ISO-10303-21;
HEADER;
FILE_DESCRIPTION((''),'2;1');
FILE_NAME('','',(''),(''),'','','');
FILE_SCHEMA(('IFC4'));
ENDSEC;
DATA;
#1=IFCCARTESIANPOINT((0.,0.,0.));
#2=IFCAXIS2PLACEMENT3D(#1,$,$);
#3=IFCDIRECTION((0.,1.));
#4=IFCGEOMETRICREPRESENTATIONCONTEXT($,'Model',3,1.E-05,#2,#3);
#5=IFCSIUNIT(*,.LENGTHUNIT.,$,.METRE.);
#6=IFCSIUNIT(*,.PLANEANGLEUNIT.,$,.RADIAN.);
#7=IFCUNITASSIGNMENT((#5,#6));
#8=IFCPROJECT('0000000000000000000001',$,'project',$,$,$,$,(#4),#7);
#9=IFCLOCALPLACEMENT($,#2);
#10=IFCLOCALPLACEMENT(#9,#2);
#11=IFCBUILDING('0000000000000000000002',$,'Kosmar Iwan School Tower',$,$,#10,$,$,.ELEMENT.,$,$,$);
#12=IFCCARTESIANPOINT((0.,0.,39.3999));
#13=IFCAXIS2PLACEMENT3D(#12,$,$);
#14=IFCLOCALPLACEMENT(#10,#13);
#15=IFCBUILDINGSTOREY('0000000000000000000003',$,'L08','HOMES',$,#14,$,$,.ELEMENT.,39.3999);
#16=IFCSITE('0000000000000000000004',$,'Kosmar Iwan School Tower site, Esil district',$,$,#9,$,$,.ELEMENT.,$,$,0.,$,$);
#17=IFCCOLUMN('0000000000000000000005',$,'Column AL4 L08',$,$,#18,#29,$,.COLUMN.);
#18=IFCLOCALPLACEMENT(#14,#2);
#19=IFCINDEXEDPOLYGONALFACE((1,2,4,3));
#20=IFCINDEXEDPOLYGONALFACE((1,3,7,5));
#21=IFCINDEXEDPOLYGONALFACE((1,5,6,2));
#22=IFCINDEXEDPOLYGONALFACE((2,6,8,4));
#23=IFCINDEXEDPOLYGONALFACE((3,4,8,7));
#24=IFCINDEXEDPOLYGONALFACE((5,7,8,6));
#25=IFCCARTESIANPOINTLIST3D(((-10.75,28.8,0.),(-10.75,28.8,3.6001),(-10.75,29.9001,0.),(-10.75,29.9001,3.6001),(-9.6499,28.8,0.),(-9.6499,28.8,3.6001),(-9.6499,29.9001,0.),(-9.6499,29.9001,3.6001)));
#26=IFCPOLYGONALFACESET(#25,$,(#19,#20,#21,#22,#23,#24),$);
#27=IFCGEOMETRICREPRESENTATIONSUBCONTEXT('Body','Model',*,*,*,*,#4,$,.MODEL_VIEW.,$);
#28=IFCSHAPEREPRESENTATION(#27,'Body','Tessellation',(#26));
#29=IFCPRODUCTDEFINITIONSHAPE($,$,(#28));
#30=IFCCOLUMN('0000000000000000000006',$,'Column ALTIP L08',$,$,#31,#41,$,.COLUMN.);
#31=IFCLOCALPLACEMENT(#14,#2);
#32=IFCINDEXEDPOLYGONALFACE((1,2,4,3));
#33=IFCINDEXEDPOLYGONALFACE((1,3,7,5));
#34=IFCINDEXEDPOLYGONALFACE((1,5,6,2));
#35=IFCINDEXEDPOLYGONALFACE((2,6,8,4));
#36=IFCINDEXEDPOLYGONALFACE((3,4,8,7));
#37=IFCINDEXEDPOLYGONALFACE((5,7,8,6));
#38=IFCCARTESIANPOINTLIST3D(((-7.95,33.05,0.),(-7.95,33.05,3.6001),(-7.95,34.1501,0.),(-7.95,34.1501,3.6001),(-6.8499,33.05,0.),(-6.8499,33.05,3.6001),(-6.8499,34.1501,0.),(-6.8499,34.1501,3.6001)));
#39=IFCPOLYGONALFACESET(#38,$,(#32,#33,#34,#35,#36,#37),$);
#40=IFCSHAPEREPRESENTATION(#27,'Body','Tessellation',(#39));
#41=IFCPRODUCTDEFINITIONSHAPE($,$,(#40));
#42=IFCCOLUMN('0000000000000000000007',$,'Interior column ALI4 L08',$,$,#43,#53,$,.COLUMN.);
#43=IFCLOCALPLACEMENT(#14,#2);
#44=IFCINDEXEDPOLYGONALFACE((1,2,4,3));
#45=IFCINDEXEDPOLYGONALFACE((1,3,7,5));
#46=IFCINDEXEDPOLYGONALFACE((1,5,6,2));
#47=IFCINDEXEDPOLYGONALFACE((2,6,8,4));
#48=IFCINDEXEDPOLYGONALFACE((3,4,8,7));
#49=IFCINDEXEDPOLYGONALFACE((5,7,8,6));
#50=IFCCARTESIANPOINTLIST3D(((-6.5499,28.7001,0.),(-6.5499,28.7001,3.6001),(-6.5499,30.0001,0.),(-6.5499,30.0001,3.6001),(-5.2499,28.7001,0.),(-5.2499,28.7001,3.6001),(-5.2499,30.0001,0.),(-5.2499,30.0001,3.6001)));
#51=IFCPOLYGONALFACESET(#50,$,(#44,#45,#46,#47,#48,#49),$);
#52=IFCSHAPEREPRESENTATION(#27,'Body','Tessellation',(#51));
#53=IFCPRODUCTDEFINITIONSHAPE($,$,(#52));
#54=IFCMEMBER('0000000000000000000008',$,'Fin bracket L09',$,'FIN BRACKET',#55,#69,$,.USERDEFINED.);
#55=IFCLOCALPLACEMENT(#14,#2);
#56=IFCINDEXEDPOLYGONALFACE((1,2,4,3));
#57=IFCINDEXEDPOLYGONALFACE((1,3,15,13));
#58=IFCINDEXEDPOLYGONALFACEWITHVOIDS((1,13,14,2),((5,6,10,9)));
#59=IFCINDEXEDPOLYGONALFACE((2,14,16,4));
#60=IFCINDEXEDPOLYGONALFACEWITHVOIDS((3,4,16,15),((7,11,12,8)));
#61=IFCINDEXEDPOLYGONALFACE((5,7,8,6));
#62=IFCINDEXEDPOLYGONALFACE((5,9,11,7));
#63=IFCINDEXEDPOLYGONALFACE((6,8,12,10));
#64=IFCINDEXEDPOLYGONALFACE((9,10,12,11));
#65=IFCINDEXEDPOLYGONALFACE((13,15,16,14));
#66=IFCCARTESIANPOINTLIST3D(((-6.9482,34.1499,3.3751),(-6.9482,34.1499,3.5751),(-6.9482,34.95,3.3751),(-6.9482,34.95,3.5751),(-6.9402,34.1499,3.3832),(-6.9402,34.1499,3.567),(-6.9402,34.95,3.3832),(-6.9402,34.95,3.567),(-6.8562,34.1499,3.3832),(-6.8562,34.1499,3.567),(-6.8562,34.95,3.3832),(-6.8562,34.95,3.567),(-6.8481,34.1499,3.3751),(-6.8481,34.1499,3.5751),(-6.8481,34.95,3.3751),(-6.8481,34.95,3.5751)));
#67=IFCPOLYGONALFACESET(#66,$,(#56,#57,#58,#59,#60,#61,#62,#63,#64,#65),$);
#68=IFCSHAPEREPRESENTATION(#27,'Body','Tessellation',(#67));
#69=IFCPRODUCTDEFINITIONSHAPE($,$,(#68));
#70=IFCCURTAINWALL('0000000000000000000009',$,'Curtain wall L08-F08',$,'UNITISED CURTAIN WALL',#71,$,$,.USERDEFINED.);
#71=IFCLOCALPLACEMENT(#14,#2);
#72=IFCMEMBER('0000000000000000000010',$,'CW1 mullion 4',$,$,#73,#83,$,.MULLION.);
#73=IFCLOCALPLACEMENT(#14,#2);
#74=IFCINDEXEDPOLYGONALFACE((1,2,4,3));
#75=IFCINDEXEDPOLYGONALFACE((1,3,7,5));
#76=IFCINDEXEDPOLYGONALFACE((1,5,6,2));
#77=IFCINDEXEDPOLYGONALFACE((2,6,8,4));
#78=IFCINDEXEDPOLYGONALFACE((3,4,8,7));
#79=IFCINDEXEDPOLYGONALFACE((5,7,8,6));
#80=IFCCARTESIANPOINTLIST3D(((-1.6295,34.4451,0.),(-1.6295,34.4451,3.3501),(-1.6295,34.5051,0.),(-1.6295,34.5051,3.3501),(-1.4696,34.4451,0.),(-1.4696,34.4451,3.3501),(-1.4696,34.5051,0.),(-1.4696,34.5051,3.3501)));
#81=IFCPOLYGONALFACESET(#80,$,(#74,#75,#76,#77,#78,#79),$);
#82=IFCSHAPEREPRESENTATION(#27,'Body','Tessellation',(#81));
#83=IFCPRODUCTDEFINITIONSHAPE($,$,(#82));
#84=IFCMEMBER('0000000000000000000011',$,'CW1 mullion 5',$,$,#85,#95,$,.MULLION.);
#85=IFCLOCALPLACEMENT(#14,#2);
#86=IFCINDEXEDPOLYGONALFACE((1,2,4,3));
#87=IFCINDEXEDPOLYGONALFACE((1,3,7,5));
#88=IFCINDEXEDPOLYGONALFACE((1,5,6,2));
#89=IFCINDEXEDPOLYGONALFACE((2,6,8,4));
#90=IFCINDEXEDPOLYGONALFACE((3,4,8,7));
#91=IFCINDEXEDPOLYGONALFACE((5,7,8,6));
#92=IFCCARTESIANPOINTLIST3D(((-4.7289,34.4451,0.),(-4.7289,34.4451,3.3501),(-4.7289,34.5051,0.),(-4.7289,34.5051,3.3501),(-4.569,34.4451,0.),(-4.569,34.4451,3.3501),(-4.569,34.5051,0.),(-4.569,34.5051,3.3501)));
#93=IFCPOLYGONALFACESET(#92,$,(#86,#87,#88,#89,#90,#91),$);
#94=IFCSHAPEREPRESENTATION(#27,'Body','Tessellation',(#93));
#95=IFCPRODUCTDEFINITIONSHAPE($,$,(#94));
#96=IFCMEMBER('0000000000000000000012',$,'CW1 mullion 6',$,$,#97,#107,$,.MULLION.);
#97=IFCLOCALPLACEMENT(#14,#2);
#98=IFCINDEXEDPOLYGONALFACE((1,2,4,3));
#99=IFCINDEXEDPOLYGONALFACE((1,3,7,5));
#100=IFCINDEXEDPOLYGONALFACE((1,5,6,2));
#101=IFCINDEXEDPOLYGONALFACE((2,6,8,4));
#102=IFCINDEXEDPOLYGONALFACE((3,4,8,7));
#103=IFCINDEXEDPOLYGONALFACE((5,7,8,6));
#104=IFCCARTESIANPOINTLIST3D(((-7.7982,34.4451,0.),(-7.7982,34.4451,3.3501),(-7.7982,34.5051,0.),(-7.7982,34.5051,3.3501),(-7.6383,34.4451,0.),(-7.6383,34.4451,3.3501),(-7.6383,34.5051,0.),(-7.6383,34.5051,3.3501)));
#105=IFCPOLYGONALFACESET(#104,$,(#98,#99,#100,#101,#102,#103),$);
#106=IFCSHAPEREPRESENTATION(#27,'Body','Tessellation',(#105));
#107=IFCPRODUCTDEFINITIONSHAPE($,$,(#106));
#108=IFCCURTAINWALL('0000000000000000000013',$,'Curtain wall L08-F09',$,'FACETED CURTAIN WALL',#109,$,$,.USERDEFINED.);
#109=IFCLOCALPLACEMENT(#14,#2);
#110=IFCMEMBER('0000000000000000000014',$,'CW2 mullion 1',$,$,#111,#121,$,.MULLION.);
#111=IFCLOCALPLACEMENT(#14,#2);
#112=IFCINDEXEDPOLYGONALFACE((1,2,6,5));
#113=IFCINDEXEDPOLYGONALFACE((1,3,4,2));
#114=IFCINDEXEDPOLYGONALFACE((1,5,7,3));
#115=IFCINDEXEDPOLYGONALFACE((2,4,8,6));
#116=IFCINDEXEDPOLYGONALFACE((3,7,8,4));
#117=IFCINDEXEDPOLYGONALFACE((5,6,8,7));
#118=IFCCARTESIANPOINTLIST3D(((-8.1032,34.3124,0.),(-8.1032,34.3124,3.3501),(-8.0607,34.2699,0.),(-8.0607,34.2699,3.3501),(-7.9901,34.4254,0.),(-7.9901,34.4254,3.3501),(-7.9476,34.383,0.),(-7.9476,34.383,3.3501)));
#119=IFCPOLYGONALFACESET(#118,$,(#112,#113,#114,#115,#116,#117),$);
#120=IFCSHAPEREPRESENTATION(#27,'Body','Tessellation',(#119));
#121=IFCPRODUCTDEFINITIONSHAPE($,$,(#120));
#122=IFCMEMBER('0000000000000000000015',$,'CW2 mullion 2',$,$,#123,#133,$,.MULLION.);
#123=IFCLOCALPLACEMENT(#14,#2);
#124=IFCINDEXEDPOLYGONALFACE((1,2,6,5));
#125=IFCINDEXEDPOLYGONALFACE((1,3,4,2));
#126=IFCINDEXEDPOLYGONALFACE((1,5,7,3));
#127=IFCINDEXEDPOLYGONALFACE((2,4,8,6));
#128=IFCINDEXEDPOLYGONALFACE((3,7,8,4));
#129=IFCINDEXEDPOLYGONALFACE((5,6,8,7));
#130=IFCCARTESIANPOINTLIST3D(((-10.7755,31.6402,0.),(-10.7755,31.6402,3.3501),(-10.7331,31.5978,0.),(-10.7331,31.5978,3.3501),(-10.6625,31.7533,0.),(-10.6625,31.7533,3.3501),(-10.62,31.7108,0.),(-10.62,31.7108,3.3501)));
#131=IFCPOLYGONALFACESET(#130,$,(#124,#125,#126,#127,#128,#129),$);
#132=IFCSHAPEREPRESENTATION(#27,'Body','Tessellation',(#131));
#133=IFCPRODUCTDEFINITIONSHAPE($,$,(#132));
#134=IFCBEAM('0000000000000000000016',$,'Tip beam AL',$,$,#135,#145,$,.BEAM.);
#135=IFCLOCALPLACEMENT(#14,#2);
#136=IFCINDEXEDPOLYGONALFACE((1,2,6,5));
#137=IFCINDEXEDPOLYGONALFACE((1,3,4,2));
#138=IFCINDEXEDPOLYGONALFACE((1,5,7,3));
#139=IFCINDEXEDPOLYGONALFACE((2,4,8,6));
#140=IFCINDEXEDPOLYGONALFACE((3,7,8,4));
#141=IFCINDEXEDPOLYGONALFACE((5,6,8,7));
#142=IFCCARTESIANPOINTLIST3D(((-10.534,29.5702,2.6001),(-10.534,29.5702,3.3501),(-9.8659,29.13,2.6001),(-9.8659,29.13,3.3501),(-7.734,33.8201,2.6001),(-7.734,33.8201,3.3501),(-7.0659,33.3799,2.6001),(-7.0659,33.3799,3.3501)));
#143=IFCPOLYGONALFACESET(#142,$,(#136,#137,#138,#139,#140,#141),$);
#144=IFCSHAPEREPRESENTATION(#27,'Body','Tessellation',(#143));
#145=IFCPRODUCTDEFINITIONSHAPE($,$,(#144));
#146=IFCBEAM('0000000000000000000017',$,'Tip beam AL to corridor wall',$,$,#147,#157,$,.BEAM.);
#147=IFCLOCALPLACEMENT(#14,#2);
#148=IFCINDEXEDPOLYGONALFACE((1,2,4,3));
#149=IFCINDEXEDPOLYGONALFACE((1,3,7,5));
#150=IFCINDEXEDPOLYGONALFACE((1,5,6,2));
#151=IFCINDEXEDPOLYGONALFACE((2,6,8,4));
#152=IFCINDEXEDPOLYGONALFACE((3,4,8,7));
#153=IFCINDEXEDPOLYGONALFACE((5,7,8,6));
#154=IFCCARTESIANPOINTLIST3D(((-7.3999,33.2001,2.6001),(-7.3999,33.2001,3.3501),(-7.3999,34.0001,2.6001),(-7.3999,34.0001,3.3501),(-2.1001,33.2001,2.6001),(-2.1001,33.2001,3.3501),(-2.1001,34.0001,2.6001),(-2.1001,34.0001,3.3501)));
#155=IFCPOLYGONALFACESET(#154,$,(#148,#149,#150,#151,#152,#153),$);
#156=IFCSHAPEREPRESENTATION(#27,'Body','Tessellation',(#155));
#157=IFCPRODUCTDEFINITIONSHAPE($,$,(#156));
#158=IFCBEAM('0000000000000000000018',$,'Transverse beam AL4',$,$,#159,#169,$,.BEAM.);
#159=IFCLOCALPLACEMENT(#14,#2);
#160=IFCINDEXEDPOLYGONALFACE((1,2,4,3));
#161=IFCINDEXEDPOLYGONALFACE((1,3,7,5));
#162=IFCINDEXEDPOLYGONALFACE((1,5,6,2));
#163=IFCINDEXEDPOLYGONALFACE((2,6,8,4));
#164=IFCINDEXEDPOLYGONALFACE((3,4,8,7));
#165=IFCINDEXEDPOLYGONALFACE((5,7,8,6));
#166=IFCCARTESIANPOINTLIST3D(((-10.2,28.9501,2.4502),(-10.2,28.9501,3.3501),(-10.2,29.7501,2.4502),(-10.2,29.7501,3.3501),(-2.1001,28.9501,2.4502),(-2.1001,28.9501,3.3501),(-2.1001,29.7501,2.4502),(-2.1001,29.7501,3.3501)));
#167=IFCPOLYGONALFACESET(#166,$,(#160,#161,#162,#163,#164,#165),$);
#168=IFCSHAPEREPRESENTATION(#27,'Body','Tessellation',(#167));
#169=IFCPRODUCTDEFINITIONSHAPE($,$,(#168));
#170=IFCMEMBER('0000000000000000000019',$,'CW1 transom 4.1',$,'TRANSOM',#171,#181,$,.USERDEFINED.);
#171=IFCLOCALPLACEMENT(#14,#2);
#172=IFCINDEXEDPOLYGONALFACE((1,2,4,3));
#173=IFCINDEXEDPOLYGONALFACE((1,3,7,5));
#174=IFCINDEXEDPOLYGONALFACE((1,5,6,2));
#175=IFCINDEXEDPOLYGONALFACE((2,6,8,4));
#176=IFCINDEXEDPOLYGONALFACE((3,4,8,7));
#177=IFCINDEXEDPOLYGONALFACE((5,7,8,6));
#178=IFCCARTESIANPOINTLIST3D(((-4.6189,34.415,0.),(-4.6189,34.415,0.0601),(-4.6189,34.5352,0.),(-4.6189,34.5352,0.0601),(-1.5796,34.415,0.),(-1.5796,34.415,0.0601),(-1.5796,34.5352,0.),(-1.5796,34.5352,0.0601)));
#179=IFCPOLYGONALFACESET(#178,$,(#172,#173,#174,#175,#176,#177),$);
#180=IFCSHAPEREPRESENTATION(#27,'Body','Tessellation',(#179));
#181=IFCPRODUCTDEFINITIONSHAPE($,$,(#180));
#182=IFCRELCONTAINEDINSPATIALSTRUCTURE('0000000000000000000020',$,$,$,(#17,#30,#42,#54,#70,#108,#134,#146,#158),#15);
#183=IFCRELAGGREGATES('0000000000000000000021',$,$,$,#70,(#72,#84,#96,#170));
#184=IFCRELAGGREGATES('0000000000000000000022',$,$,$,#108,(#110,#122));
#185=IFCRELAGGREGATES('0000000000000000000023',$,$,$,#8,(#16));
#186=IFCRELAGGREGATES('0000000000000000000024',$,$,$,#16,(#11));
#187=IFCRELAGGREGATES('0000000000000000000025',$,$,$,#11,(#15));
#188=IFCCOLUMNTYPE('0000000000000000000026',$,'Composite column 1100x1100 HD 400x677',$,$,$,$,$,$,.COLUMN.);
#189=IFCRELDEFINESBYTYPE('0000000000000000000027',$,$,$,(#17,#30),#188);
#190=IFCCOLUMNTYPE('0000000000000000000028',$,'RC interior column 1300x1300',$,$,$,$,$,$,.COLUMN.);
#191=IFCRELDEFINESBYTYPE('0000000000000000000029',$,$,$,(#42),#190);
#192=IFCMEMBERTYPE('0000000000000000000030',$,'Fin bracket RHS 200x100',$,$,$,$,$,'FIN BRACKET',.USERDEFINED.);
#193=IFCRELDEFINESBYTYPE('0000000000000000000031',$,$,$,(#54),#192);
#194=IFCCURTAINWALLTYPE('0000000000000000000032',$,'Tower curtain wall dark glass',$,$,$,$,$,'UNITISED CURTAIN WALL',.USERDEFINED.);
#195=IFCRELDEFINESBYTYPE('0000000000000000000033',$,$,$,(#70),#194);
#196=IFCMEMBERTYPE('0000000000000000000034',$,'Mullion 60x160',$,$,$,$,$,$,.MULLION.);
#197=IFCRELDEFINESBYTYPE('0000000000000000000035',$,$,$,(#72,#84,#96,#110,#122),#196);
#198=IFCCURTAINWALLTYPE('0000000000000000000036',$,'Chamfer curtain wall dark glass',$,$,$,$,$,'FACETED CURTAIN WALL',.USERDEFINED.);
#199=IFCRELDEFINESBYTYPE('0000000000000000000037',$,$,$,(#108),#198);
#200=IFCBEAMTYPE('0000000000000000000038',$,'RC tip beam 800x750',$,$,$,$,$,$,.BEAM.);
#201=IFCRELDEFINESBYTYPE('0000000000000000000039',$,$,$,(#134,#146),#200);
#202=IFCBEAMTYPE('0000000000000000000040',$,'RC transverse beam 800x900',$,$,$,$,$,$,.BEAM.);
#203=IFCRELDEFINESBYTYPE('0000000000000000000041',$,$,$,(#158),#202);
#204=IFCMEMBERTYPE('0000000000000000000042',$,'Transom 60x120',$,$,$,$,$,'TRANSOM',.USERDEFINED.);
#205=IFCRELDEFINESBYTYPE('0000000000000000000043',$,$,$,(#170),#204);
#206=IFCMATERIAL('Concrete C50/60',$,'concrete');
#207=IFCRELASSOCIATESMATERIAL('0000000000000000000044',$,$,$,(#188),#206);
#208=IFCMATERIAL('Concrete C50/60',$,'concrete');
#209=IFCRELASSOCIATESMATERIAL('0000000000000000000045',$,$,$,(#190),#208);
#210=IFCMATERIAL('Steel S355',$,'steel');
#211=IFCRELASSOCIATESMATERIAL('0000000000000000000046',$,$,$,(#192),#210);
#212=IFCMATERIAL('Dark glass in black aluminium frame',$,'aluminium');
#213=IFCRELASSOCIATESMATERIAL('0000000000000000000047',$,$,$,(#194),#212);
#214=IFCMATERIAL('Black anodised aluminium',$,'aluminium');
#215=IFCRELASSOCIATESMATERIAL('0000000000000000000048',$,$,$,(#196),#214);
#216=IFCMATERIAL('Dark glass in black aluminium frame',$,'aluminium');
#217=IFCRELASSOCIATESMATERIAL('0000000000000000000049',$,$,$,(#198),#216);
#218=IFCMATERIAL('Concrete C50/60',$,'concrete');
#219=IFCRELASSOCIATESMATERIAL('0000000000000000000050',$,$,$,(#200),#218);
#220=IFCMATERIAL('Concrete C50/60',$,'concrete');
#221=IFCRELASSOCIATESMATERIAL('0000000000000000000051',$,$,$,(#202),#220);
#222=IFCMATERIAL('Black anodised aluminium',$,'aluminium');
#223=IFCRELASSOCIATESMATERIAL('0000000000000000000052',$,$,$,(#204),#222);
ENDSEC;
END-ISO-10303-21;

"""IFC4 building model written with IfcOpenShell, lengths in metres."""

from ifc_helpers import new_model, si_unit, direction, frame, origin, origin_2d, place, context, subcontext, project, spatial, rectangle, hollow_rectangle, extrude, material, material_profile, profile_set, type_object, element, aggregate, save


model = new_model("IFC4")

# Units and contexts
model_context = context("Model", 3, precision=1e-05, world=origin(), true_north=direction((0.0, 1.0)))
body_context = subcontext(model_context, "Body", "Model", "MODEL_VIEW")
ifc_project = project(units=[si_unit("LENGTHUNIT", "METRE"), si_unit("PLANEANGLEUNIT", "RADIAN")], contexts=[model_context])

# Site, building, storey
site_placement = place(None, origin())
site = spatial("IfcSite", under=ifc_project, at=site_placement, Name="Kosmar Iwan School Tower site, Esil district", CompositionType="ELEMENT", RefElevation=0.0)
building_placement = place(site_placement, origin())
building = spatial("IfcBuilding", under=site, at=building_placement, Name="Kosmar Iwan School Tower", CompositionType="ELEMENT")
storey_placement = place(building_placement, frame((0.0, 0.0, 39.3999)))
storey = spatial("IfcBuildingStorey", under=building, at=storey_placement, Name="L08", Description="HOMES", CompositionType="ELEMENT", Elevation=39.3999)

# Columns
ifc_material_1 = material(Name="Concrete C50/60", Category="concrete")
ifc_material_profile_1 = material_profile(ifc_material_1, rectangle(XDim=1.1001, YDim=1.1001, at=origin_2d()), Name="RC 1100x1100 + HD 400x677")
ifc_profile_set_1 = profile_set([ifc_material_profile_1], Name="Concrete C50/60")
column_type_1 = type_object("IfcColumnType", Name="Composite column 1100x1100 HD 400x677", PredefinedType="COLUMN", material=ifc_profile_set_1)
for number, where, z_axis, x_axis, name in (
    (1, (-10.2, 29.3501, 0.0), (0.0, 0.0, 1.0), (0.0, 1.0, 0.0), "Column AL4 L08"),
    (2, (-7.3999, 33.6001, 0.0), (0.0, 0.0, 1.0), (0.0, 1.0, 0.0), "Column ALTIP L08"),
):
    element("IfcColumn", number, at=place(storey_placement, frame(where, z_axis=z_axis, x_axis=x_axis)), inside=storey, type_object=column_type_1, Name=name, PredefinedType="COLUMN", context=body_context, shape_type="SweptSolid", body=[
        extrude(rectangle(XDim=1.1001, YDim=1.1001, at=origin_2d()), origin(), (0.0, 0.0, 1.0), 3.6001),
    ])
ifc_material_2 = material(Name="Concrete C50/60", Category="concrete")
ifc_material_profile_2 = material_profile(ifc_material_2, rectangle(XDim=1.3, YDim=1.3, at=origin_2d()), Name="RC 1300x1300")
ifc_profile_set_2 = profile_set([ifc_material_profile_2], Name="Concrete C50/60")
column_type_2 = type_object("IfcColumnType", Name="RC interior column 1300x1300", PredefinedType="COLUMN", material=ifc_profile_set_2)
column_placement = place(storey_placement, frame((-5.8999, 29.3501, 0.0), z_axis=(0.0, 0.0, 1.0), x_axis=(0.0, 1.0, 0.0)))
element("IfcColumn", 3, at=column_placement, inside=storey, type_object=column_type_2, Name="Interior column ALI4 L08", PredefinedType="COLUMN", context=body_context, shape_type="SweptSolid", body=[
    extrude(rectangle(XDim=1.3, YDim=1.3, at=origin_2d()), origin(), (0.0, 0.0, 1.0), 3.6001),
])

# Member
ifc_material_3 = material(Name="Steel S355", Category="steel")
ifc_material_profile_3 = material_profile(ifc_material_3, hollow_rectangle(XDim=0.1001, YDim=0.2, WallThickness=0.0081, at=origin_2d()), Name="RHS 200x100x8")
ifc_profile_set_3 = profile_set([ifc_material_profile_3], Name="Steel S355")
member_type_1 = type_object("IfcMemberType", Name="Fin bracket RHS 200x100", ElementType="FIN BRACKET", PredefinedType="USERDEFINED", material=ifc_profile_set_3)
member_1_placement = place(storey_placement, frame((-6.8982, 34.1499, 3.4751), z_axis=(0.0, 1.0, 0.0), x_axis=(-1.0, 0.0, 0.0)))
element("IfcMember", 4, at=member_1_placement, inside=storey, type_object=member_type_1, Name="Fin bracket L09", ObjectType="FIN BRACKET", PredefinedType="USERDEFINED", context=body_context, shape_type="SweptSolid", body=[
    extrude(hollow_rectangle(XDim=0.1001, YDim=0.2, WallThickness=0.0081, at=origin_2d()), origin(), (0.0, 0.0, 1.0), 0.8),
])

# Curtain walls, members
ifc_material_4 = material(Name="Dark glass in black aluminium frame", Category="aluminium")
curtain_wall_type_1 = type_object("IfcCurtainWallType", Name="Tower curtain wall dark glass", ElementType="UNITISED CURTAIN WALL", PredefinedType="USERDEFINED", material=ifc_material_4)
curtain_wall_1_placement = place(storey_placement, origin())
curtain_wall_1 = element("IfcCurtainWall", 5, at=curtain_wall_1_placement, inside=storey, type_object=curtain_wall_type_1, Name="Curtain wall L08-F08", ObjectType="UNITISED CURTAIN WALL", PredefinedType="USERDEFINED")
ifc_material_5 = material(Name="Black anodised aluminium", Category="aluminium")
ifc_material_profile_4 = material_profile(ifc_material_5, rectangle(XDim=0.0601, YDim=0.1599, at=origin_2d()), Name="MULLION 60x160")
ifc_profile_set_4 = profile_set([ifc_material_profile_4], Name="Black anodised aluminium")
member_type_2 = type_object("IfcMemberType", Name="Mullion 60x160", PredefinedType="MULLION", material=ifc_profile_set_4)
member_2_placement = place(storey_placement, frame((-1.5496, 34.4751, 0.0), z_axis=(0.0, 0.0, 1.0), x_axis=(0.0, -1.0, 0.0)))
member_2 = element("IfcMember", 6, at=member_2_placement, type_object=member_type_2, Name="CW1 mullion 4", PredefinedType="MULLION", context=body_context, shape_type="SweptSolid", body=[
    extrude(rectangle(XDim=0.0601, YDim=0.1599, at=origin_2d()), origin(), (0.0, 0.0, 1.0), 3.3501),
])
member_3_placement = place(storey_placement, frame((-4.6489, 34.4751, 0.0), z_axis=(0.0, 0.0, 1.0), x_axis=(0.0, -1.0, 0.0)))
member_3 = element("IfcMember", 7, at=member_3_placement, type_object=member_type_2, Name="CW1 mullion 5", PredefinedType="MULLION", context=body_context, shape_type="SweptSolid", body=[
    extrude(rectangle(XDim=0.0601, YDim=0.1599, at=origin_2d()), origin(), (0.0, 0.0, 1.0), 3.3501),
])
member_4_placement = place(storey_placement, frame((-7.7183, 34.4751, 0.0), z_axis=(0.0, 0.0, 1.0), x_axis=(0.0, -1.0, 0.0)))
member_4 = element("IfcMember", 8, at=member_4_placement, type_object=member_type_2, Name="CW1 mullion 6", PredefinedType="MULLION", context=body_context, shape_type="SweptSolid", body=[
    extrude(rectangle(XDim=0.0601, YDim=0.1599, at=origin_2d()), origin(), (0.0, 0.0, 1.0), 3.3501),
])
ifc_material_6 = material(Name="Dark glass in black aluminium frame", Category="aluminium")
curtain_wall_type_2 = type_object("IfcCurtainWallType", Name="Chamfer curtain wall dark glass", ElementType="FACETED CURTAIN WALL", PredefinedType="USERDEFINED", material=ifc_material_6)
curtain_wall_2_placement = place(storey_placement, origin())
curtain_wall_2 = element("IfcCurtainWall", 9, at=curtain_wall_2_placement, inside=storey, type_object=curtain_wall_type_2, Name="Curtain wall L08-F09", ObjectType="FACETED CURTAIN WALL", PredefinedType="USERDEFINED")
member_5_placement = place(storey_placement, frame((-8.0254, 34.3477, 0.0), z_axis=(0.0, 0.0, 1.0), x_axis=(0.707107, -0.707107, 0.0)))
member_5 = element("IfcMember", 10, at=member_5_placement, type_object=member_type_2, Name="CW2 mullion 1", PredefinedType="MULLION", context=body_context, shape_type="SweptSolid", body=[
    extrude(rectangle(XDim=0.0601, YDim=0.1599, at=origin_2d()), origin(), (0.0, 0.0, 1.0), 3.3501),
])
member_6_placement = place(storey_placement, frame((-10.6978, 31.6755, 0.0), z_axis=(0.0, 0.0, 1.0), x_axis=(0.707107, -0.707107, 0.0)))
member_6 = element("IfcMember", 11, at=member_6_placement, type_object=member_type_2, Name="CW2 mullion 2", PredefinedType="MULLION", context=body_context, shape_type="SweptSolid", body=[
    extrude(rectangle(XDim=0.0601, YDim=0.1599, at=origin_2d()), origin(), (0.0, 0.0, 1.0), 3.3501),
])

# Beams
ifc_material_7 = material(Name="Concrete C50/60", Category="concrete")
ifc_material_profile_5 = material_profile(ifc_material_7, rectangle(XDim=0.8, YDim=0.75, at=origin_2d()), Name="RC 800x750")
ifc_profile_set_5 = profile_set([ifc_material_profile_5], Name="Concrete C50/60")
beam_type_1 = type_object("IfcBeamType", Name="RC tip beam 800x750", PredefinedType="BEAM", material=ifc_profile_set_5)
beam_1_placement = place(storey_placement, frame((-10.2, 29.3501, 2.9751), z_axis=(0.550164, 0.835056, 0.0), x_axis=(-0.835056, 0.550164, 0.0)))
element("IfcBeam", 12, at=beam_1_placement, inside=storey, type_object=beam_type_1, Name="Tip beam AL", PredefinedType="BEAM", context=body_context, shape_type="SweptSolid", body=[
    extrude(rectangle(XDim=0.8, YDim=0.75, at=origin_2d()), origin(), (0.0, 0.0, 1.0), 5.0894),
])
beam_2_placement = place(storey_placement, frame((-7.3999, 33.6001, 2.9751), z_axis=(1.0, 0.0, 0.0), x_axis=(0.0, 1.0, 0.0)))
element("IfcBeam", 13, at=beam_2_placement, inside=storey, type_object=beam_type_1, Name="Tip beam AL to corridor wall", PredefinedType="BEAM", context=body_context, shape_type="SweptSolid", body=[
    extrude(rectangle(XDim=0.8, YDim=0.75, at=origin_2d()), origin(), (0.0, 0.0, 1.0), 5.2998),
])
ifc_material_8 = material(Name="Concrete C50/60", Category="concrete")
ifc_material_profile_6 = material_profile(ifc_material_8, rectangle(XDim=0.8, YDim=0.8999, at=origin_2d()), Name="RC 800x900")
ifc_profile_set_6 = profile_set([ifc_material_profile_6], Name="Concrete C50/60")
beam_type_2 = type_object("IfcBeamType", Name="RC transverse beam 800x900", PredefinedType="BEAM", material=ifc_profile_set_6)
beam_3_placement = place(storey_placement, frame((-10.2, 29.3501, 2.9001), z_axis=(1.0, 0.0, 0.0), x_axis=(0.0, 1.0, 0.0)))
element("IfcBeam", 14, at=beam_3_placement, inside=storey, type_object=beam_type_2, Name="Transverse beam AL4", PredefinedType="BEAM", context=body_context, shape_type="SweptSolid", body=[
    extrude(rectangle(XDim=0.8, YDim=0.8999, at=origin_2d()), origin(), (0.0, 0.0, 1.0), 8.0999),
])

# Member
ifc_material_9 = material(Name="Black anodised aluminium", Category="aluminium")
ifc_material_profile_7 = material_profile(ifc_material_9, rectangle(XDim=0.1201, YDim=0.0601, at=origin_2d()), Name="TRANSOM 60x120")
ifc_profile_set_7 = profile_set([ifc_material_profile_7], Name="Black anodised aluminium")
member_type_3 = type_object("IfcMemberType", Name="Transom 60x120", ElementType="TRANSOM", PredefinedType="USERDEFINED", material=ifc_profile_set_7)
member_7_placement = place(storey_placement, frame((-1.5796, 34.4751, 0.03), z_axis=(-1.0, 0.0, 0.0), x_axis=(0.0, -1.0, 0.0)))
member_7 = element("IfcMember", 15, at=member_7_placement, type_object=member_type_3, Name="CW1 transom 4.1", ObjectType="TRANSOM", PredefinedType="USERDEFINED", context=body_context, shape_type="SweptSolid", body=[
    extrude(rectangle(XDim=0.1201, YDim=0.0601, at=origin_2d()), origin(), (0.0, 0.0, 1.0), 3.0393),
])

aggregate(curtain_wall_1, [member_2, member_3, member_4, member_7])
aggregate(curtain_wall_2, [member_5, member_6])

save(model, "model.ifc")
